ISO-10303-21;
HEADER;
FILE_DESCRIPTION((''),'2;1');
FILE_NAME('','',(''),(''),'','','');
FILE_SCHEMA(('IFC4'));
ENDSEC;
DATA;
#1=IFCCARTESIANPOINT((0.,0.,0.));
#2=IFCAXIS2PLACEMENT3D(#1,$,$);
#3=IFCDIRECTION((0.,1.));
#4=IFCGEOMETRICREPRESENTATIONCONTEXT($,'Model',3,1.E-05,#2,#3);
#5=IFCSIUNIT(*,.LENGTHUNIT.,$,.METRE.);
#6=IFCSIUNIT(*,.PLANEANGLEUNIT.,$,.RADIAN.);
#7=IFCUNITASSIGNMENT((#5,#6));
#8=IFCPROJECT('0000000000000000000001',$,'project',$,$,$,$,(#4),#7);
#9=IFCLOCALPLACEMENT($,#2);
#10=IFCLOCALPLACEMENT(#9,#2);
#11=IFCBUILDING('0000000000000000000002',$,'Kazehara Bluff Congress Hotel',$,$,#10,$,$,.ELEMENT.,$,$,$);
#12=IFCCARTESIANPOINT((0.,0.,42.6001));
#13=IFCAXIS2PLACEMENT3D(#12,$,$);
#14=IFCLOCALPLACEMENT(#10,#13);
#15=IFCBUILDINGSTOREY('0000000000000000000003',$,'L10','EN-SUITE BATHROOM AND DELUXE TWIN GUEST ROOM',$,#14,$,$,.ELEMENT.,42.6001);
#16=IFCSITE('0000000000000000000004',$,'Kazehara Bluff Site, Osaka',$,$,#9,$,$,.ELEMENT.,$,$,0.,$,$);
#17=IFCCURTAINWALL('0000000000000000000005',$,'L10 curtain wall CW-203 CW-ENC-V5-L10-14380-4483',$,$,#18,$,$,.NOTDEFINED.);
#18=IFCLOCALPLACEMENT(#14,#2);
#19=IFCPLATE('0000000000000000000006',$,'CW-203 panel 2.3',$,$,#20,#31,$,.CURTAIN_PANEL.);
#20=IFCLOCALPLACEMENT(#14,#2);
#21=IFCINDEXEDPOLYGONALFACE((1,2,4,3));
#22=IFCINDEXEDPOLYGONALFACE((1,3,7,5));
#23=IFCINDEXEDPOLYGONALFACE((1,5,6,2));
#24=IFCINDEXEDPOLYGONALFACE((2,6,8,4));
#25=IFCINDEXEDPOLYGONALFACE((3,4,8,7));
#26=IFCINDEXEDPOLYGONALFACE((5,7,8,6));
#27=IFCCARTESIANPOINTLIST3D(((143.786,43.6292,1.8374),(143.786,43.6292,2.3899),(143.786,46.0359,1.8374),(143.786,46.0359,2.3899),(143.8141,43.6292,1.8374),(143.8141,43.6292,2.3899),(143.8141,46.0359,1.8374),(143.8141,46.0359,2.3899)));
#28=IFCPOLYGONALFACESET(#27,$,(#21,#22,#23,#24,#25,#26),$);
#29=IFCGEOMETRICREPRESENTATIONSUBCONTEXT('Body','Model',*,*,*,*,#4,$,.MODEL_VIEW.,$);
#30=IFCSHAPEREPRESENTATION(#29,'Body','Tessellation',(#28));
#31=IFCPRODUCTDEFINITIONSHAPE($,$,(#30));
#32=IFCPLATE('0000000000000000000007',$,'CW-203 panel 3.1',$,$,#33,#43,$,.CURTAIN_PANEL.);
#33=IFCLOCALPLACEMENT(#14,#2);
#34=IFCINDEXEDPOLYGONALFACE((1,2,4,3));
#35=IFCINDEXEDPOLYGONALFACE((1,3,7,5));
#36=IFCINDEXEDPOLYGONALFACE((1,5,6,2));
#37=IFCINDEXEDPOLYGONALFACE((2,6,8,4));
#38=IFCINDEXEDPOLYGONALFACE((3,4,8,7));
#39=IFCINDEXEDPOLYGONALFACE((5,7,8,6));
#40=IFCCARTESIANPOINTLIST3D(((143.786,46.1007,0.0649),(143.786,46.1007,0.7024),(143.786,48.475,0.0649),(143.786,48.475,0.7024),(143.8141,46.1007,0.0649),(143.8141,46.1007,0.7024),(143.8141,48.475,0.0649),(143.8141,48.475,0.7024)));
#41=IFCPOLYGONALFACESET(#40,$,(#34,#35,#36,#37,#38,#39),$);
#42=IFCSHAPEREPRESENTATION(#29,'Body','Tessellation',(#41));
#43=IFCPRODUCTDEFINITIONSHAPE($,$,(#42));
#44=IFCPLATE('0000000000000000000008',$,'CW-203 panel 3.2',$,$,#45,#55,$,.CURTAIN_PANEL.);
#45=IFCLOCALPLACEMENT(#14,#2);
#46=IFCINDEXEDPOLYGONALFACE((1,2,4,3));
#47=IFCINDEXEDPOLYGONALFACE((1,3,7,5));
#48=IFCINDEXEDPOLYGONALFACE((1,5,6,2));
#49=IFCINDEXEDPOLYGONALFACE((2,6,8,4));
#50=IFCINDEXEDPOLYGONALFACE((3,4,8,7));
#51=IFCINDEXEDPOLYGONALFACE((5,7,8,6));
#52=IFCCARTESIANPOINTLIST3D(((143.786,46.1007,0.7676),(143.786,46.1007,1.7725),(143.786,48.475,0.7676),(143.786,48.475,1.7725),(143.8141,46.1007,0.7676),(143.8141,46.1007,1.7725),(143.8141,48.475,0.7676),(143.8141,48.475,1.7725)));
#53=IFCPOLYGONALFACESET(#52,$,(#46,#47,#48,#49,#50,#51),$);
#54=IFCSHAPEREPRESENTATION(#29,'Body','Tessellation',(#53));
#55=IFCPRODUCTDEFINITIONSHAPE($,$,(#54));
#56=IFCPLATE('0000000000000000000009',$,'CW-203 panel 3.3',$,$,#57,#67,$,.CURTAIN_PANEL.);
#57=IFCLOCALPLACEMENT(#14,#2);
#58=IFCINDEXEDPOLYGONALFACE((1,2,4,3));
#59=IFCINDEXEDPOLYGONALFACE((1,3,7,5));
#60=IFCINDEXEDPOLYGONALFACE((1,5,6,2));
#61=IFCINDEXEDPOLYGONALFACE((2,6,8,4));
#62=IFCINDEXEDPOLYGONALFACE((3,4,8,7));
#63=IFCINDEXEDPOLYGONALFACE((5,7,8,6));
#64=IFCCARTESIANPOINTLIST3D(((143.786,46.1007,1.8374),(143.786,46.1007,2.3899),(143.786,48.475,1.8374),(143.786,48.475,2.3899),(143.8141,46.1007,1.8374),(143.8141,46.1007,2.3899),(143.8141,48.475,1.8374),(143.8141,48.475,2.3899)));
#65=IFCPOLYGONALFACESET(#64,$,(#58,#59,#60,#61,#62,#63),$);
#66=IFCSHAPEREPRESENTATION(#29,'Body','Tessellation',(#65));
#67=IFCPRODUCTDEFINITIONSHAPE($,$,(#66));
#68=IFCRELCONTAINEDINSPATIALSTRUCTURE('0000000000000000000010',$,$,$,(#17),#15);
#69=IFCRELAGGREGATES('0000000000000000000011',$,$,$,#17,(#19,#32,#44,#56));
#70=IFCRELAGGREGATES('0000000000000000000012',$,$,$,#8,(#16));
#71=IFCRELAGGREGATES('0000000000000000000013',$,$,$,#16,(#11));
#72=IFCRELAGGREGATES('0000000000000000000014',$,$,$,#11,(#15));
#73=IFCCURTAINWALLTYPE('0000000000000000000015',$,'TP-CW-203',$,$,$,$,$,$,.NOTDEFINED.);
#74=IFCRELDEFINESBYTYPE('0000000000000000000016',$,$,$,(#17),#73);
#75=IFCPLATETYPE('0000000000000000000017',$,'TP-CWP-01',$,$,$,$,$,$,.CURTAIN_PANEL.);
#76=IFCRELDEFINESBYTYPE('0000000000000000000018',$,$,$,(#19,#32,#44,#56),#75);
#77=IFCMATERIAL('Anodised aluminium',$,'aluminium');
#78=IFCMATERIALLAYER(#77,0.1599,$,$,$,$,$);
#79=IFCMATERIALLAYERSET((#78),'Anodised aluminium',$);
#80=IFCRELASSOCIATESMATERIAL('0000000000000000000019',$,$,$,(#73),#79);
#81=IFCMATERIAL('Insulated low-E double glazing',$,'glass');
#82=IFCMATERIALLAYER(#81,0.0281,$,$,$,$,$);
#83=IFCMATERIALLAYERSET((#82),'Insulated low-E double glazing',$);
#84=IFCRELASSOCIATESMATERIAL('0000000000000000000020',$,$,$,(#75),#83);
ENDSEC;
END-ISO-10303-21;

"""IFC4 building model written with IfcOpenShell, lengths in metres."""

from ifc_helpers import new_model, si_unit, direction, frame, origin, origin_2d, place, context, subcontext, project, spatial, rectangle, extrude, material, layer, layer_set, type_object, element, aggregate, save


model = new_model("IFC4")

# Units and contexts
model_context = context("Model", 3, precision=1e-05, world=origin(), true_north=direction((0.0, 1.0)))
body_context = subcontext(model_context, "Body", "Model", "MODEL_VIEW")
ifc_project = project(units=[si_unit("LENGTHUNIT", "METRE"), si_unit("PLANEANGLEUNIT", "RADIAN")], contexts=[model_context])

# Site, building, storey
site_placement = place(None, origin())
site = spatial("IfcSite", under=ifc_project, at=site_placement, Name="Kazehara Bluff Site, Osaka", CompositionType="ELEMENT", RefElevation=0.0)
building_placement = place(site_placement, origin())
building = spatial("IfcBuilding", under=site, at=building_placement, Name="Kazehara Bluff Congress Hotel", CompositionType="ELEMENT")
storey_placement = place(building_placement, frame((0.0, 0.0, 42.6001)))
storey = spatial("IfcBuildingStorey", under=building, at=storey_placement, Name="L10", Description="EN-SUITE BATHROOM AND DELUXE TWIN GUEST ROOM", CompositionType="ELEMENT", Elevation=42.6001)

# Curtain wall
ifc_material_1 = material(Name="Anodised aluminium", Category="aluminium")
ifc_layer_1 = layer(ifc_material_1, 0.1599)
ifc_layer_set_1 = layer_set([ifc_layer_1], Name="Anodised aluminium")
curtain_wall_type_1 = type_object("IfcCurtainWallType", Name="TP-CW-203", PredefinedType="NOTDEFINED", material=ifc_layer_set_1)
curtain_wall_1_placement = place(storey_placement, origin())
curtain_wall_1 = element("IfcCurtainWall", 1, at=curtain_wall_1_placement, inside=storey, type_object=curtain_wall_type_1, Name="L10 curtain wall CW-203 CW-ENC-V5-L10-14380-4483", PredefinedType="NOTDEFINED")

# Plates
ifc_material_2 = material(Name="Insulated low-E double glazing", Category="glass")
ifc_layer_2 = layer(ifc_material_2, 0.0281)
ifc_layer_set_2 = layer_set([ifc_layer_2], Name="Insulated low-E double glazing")
plate_type = type_object("IfcPlateType", Name="TP-CWP-01", PredefinedType="CURTAIN_PANEL", material=ifc_layer_set_2)
plate_1_placement = place(storey_placement, frame((143.8, 44.8325, 1.8374), z_axis=(0.0, 0.0, 1.0), x_axis=(0.0, 1.0, 0.0)))
plate_1 = element("IfcPlate", 2, at=plate_1_placement, type_object=plate_type, Name="CW-203 panel 2.3", PredefinedType="CURTAIN_PANEL", context=body_context, shape_type="SweptSolid", body=[
    extrude(rectangle(XDim=2.4067, YDim=0.0281, at=origin_2d()), origin(), (0.0, 0.0, 1.0), 0.5525),
])
plate_2_placement = place(storey_placement, frame((143.8, 47.2878, 0.0649), z_axis=(0.0, 0.0, 1.0), x_axis=(0.0, 1.0, 0.0)))
plate_2 = element("IfcPlate", 3, at=plate_2_placement, type_object=plate_type, Name="CW-203 panel 3.1", PredefinedType="CURTAIN_PANEL", context=body_context, shape_type="SweptSolid", body=[
    extrude(rectangle(XDim=2.3743, YDim=0.0281, at=origin_2d()), origin(), (0.0, 0.0, 1.0), 0.6375),
])
plate_3_placement = place(storey_placement, frame((143.8, 47.2878, 0.7676), z_axis=(0.0, 0.0, 1.0), x_axis=(0.0, 1.0, 0.0)))
plate_3 = element("IfcPlate", 4, at=plate_3_placement, type_object=plate_type, Name="CW-203 panel 3.2", PredefinedType="CURTAIN_PANEL", context=body_context, shape_type="SweptSolid", body=[
    extrude(rectangle(XDim=2.3743, YDim=0.0281, at=origin_2d()), origin(), (0.0, 0.0, 1.0), 1.0049),
])
plate_4_placement = place(storey_placement, frame((143.8, 47.2878, 1.8374), z_axis=(0.0, 0.0, 1.0), x_axis=(0.0, 1.0, 0.0)))
plate_4 = element("IfcPlate", 5, at=plate_4_placement, type_object=plate_type, Name="CW-203 panel 3.3", PredefinedType="CURTAIN_PANEL", context=body_context, shape_type="SweptSolid", body=[
    extrude(rectangle(XDim=2.3743, YDim=0.0281, at=origin_2d()), origin(), (0.0, 0.0, 1.0), 0.5525),
])
aggregate(curtain_wall_1, [plate_1, plate_2, plate_3, plate_4])

save(model, "model.ifc")
